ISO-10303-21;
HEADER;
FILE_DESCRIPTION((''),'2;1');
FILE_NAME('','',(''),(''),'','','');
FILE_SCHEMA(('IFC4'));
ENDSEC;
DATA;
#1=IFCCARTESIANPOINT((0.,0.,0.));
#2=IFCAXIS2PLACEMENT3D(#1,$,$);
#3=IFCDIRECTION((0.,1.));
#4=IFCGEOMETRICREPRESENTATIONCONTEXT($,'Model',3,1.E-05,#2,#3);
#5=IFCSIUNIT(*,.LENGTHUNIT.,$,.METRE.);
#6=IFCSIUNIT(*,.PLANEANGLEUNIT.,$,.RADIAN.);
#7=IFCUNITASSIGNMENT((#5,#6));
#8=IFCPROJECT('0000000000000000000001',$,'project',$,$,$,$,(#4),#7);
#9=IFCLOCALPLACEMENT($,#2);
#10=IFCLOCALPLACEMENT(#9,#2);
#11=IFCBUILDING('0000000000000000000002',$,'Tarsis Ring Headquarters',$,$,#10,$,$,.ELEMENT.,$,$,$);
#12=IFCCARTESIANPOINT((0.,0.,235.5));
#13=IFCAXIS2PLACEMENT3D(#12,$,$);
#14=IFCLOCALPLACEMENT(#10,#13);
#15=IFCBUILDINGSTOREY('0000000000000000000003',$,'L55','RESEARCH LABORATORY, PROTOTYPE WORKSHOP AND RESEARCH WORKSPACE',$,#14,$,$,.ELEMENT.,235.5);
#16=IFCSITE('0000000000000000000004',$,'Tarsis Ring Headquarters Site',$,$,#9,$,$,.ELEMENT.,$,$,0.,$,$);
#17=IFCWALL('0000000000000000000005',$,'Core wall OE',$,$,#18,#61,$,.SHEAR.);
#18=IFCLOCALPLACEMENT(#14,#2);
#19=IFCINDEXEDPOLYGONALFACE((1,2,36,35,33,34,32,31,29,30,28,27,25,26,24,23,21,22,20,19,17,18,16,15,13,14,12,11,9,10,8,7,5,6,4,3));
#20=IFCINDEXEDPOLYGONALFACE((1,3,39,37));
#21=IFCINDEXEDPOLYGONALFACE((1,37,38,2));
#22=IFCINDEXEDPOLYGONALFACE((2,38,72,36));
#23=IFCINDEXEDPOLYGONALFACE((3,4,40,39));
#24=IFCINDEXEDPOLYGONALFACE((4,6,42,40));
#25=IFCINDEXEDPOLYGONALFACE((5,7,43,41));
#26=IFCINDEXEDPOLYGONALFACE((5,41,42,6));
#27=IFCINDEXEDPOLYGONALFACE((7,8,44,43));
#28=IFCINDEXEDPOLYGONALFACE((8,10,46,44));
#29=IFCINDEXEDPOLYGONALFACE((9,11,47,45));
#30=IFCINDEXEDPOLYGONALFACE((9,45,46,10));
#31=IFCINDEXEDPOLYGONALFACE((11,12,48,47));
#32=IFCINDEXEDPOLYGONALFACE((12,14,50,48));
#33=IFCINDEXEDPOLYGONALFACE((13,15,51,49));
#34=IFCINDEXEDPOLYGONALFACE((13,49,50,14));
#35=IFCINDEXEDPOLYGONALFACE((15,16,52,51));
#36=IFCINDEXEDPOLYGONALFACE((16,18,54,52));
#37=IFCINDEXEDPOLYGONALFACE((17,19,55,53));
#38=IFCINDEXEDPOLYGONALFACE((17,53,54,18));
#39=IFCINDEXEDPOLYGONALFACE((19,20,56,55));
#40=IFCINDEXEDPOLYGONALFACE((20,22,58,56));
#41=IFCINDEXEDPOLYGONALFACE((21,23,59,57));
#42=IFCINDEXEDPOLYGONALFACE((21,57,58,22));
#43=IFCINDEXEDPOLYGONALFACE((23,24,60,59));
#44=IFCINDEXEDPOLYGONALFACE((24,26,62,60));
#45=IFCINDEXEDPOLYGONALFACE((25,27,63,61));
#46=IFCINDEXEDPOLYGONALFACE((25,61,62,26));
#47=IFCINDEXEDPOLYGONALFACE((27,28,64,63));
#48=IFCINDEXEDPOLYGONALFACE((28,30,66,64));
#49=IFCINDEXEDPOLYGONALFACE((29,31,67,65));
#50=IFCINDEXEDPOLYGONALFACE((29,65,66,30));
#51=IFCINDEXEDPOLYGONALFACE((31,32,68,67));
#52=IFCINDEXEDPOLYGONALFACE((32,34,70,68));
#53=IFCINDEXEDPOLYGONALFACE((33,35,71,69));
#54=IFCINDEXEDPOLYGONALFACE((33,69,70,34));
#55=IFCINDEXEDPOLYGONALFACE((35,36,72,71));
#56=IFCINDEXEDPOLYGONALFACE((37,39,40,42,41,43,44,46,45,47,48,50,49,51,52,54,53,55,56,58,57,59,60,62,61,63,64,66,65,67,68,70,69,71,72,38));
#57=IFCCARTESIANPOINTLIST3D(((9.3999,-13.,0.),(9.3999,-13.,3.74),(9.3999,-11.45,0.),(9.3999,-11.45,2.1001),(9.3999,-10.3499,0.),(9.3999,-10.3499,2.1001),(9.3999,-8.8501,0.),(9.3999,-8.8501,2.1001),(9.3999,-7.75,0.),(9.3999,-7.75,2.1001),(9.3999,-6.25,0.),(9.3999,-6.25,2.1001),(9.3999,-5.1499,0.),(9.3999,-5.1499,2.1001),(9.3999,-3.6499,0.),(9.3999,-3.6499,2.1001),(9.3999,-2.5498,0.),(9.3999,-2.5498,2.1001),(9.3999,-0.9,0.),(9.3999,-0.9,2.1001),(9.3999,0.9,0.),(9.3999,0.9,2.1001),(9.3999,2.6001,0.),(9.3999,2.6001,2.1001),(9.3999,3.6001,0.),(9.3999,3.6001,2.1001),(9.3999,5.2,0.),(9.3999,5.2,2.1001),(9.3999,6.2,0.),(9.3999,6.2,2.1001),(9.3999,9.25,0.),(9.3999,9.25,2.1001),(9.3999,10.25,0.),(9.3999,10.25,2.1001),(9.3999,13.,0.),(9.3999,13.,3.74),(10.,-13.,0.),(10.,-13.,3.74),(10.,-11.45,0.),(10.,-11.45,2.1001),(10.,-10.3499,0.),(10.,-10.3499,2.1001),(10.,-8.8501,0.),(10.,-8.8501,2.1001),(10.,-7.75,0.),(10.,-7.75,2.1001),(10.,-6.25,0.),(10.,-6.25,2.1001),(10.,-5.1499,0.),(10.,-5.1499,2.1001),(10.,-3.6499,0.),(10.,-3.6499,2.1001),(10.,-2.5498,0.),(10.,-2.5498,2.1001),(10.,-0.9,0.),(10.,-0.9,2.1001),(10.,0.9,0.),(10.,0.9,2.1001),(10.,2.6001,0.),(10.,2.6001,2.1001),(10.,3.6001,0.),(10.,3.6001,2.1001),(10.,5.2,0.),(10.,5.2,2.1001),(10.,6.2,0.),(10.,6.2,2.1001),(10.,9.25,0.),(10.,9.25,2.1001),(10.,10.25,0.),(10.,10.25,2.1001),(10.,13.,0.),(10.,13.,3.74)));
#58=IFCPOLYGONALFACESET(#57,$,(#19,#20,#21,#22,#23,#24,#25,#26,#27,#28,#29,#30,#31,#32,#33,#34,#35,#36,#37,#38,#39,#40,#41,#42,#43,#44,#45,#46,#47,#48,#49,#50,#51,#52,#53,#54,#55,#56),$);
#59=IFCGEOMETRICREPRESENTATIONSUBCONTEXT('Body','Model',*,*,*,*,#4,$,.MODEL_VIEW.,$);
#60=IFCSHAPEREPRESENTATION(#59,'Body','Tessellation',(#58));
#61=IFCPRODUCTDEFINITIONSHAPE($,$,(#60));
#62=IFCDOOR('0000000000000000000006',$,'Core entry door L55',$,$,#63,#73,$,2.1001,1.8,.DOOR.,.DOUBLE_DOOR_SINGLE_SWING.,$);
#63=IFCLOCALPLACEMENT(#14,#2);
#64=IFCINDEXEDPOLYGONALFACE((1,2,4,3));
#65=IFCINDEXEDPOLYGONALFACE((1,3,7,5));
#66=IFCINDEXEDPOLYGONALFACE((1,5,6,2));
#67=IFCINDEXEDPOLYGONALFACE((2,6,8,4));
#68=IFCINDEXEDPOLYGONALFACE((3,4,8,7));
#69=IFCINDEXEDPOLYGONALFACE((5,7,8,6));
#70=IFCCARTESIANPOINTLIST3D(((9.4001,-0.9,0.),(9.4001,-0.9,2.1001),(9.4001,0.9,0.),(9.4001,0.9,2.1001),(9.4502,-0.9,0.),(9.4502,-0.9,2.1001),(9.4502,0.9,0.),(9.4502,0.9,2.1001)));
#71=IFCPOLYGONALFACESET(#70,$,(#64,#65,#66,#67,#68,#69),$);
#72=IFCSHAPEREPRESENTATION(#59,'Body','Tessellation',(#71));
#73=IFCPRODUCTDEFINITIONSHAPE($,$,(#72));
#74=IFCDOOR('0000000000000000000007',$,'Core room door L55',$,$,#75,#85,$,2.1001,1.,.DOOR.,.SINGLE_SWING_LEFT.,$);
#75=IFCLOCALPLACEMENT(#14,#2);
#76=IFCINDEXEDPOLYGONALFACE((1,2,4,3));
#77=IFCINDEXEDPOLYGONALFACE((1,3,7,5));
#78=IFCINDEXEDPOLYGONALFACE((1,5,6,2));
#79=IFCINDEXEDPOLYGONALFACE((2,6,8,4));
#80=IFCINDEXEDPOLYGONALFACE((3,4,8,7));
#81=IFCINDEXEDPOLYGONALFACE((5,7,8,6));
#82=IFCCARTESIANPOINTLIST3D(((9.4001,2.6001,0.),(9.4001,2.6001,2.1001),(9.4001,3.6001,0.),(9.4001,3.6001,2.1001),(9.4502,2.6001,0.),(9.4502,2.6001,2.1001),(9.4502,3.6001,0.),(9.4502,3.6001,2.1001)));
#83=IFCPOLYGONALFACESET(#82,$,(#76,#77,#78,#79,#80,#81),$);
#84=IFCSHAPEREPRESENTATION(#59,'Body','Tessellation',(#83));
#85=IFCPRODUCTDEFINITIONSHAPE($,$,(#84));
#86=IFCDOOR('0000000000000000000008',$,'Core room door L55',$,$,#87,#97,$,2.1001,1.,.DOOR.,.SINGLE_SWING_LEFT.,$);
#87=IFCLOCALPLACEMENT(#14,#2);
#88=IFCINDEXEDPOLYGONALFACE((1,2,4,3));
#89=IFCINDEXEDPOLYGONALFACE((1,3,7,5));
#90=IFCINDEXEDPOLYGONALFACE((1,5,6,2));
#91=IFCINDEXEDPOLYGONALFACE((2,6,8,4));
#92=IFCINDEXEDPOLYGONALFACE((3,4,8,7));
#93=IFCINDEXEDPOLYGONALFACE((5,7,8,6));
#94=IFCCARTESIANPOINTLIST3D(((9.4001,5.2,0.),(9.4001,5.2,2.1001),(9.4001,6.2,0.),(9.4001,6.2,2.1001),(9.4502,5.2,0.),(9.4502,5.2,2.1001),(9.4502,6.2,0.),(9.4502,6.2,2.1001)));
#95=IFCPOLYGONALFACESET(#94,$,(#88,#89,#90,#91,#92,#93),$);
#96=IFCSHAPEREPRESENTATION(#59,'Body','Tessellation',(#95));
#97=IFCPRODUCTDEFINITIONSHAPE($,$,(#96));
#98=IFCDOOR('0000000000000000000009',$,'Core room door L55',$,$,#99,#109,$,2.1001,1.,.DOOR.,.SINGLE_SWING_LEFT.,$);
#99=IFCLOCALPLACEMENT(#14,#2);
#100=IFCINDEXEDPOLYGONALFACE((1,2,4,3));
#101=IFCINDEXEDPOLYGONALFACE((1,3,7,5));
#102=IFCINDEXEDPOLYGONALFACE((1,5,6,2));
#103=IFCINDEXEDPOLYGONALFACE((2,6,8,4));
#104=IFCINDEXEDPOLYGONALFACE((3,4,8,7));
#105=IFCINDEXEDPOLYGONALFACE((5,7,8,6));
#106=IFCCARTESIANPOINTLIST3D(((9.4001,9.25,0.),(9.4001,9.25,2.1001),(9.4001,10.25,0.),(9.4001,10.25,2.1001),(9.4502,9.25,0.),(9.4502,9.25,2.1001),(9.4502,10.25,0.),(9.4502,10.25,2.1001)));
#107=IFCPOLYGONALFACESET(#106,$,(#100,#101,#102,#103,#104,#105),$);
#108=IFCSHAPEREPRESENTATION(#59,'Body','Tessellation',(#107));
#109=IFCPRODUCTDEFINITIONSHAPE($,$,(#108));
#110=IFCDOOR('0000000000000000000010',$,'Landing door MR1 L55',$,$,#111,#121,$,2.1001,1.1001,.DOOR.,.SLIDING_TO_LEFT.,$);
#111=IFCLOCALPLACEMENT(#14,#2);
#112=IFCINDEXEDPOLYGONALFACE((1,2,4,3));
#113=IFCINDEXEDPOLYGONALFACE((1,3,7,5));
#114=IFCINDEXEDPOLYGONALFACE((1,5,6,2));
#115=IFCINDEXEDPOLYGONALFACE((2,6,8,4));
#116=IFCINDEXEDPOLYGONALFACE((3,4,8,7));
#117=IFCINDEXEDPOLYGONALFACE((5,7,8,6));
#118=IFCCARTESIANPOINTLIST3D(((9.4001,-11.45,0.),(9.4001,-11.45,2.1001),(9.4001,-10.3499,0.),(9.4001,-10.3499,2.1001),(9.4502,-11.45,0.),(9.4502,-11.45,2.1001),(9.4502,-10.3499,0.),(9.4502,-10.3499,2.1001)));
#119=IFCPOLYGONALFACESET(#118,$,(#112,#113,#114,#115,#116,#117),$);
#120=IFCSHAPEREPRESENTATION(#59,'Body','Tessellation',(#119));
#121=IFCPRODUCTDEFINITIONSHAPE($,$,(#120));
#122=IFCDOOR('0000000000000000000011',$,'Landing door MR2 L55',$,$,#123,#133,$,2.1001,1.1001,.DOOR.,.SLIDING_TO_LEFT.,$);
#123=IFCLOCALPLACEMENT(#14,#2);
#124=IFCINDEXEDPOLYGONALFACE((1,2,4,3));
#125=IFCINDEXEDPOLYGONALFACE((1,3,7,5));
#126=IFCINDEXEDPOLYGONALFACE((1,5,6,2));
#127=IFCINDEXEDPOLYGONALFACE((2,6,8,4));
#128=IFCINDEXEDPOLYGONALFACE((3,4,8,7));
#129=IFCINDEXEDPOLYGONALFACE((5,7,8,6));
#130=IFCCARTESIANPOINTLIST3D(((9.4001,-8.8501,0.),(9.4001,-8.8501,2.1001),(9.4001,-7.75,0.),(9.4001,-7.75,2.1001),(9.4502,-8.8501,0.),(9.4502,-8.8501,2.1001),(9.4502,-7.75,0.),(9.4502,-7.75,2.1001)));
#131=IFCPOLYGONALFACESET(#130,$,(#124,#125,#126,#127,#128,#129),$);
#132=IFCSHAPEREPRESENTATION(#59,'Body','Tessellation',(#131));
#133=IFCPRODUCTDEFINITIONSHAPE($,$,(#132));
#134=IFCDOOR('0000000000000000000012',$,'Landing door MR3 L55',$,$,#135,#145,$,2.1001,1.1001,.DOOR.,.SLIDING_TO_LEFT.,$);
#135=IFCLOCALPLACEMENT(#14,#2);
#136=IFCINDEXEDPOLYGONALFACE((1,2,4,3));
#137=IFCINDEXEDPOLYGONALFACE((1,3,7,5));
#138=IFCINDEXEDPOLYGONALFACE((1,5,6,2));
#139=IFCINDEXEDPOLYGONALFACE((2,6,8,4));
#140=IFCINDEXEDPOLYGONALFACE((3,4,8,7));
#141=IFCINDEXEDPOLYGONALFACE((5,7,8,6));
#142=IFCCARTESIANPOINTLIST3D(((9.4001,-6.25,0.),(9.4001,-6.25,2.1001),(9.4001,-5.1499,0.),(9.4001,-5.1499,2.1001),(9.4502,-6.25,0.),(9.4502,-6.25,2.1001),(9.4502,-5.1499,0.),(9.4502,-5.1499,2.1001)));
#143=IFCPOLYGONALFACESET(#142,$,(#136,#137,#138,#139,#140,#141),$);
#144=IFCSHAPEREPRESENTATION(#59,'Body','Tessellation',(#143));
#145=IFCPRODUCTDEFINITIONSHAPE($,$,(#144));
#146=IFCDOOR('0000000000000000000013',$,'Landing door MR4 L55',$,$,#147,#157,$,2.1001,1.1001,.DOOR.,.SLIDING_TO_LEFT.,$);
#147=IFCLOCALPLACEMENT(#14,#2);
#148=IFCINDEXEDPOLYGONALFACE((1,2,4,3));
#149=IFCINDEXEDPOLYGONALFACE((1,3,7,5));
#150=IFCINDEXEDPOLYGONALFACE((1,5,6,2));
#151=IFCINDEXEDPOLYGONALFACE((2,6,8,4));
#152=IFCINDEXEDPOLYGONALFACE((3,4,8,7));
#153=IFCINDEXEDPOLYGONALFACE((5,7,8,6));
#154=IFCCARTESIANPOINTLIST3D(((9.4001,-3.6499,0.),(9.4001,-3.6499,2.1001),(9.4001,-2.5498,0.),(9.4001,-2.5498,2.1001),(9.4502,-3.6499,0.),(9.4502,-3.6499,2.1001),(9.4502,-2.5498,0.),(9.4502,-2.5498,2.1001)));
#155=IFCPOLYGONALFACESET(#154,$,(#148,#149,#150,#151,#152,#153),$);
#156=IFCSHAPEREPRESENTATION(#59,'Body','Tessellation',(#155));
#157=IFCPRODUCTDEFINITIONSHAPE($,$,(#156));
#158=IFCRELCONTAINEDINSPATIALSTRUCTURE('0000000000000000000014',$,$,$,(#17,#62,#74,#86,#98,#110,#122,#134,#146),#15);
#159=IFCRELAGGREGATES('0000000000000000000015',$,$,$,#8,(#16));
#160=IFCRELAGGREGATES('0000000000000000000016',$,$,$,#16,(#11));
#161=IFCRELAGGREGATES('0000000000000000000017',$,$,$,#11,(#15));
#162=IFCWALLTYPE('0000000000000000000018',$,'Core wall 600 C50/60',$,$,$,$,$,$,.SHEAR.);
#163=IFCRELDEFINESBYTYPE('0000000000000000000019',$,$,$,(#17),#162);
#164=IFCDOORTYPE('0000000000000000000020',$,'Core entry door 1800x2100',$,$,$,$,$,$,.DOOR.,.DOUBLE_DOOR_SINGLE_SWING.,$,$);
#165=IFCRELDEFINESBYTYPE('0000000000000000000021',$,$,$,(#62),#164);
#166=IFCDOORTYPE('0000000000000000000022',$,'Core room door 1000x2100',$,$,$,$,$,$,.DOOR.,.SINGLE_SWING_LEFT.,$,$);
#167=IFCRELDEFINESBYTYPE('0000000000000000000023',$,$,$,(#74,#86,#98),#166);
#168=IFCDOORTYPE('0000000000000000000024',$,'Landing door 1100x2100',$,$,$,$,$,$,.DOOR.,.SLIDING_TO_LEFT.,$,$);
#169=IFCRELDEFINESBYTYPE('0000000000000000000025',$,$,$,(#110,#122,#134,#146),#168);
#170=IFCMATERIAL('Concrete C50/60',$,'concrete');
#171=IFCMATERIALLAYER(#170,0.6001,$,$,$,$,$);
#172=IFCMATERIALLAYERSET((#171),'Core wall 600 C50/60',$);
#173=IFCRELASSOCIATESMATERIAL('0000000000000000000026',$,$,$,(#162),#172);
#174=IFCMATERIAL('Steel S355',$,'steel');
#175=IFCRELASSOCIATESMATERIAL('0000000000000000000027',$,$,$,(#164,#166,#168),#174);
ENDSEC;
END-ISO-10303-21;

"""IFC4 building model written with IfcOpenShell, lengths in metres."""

from ifc_helpers import new_model, si_unit, direction, frame, frame_2d, origin, place, context, subcontext, project, spatial, rectangle, extrude, material, layer, layer_set, type_object, element, fill, save


model = new_model("IFC4")

# Units and contexts
model_context = context("Model", 3, precision=1e-05, world=origin(), true_north=direction((0.0, 1.0)))
body_context = subcontext(model_context, "Body", "Model", "MODEL_VIEW")
ifc_project = project(units=[si_unit("LENGTHUNIT", "METRE"), si_unit("PLANEANGLEUNIT", "RADIAN")], contexts=[model_context])

# Site, building, storey
site_placement = place(None, origin())
site = spatial("IfcSite", under=ifc_project, at=site_placement, Name="Tarsis Ring Headquarters Site", CompositionType="ELEMENT", RefElevation=0.0)
building_placement = place(site_placement, origin())
building = spatial("IfcBuilding", under=site, at=building_placement, Name="Tarsis Ring Headquarters", CompositionType="ELEMENT")
storey_placement = place(building_placement, frame((0.0, 0.0, 235.5)))
storey = spatial("IfcBuildingStorey", under=building, at=storey_placement, Name="L55", Description="RESEARCH LABORATORY, PROTOTYPE WORKSHOP AND RESEARCH WORKSPACE", CompositionType="ELEMENT", Elevation=235.5)

# Wall, openings, doors
ifc_material_1 = material(Name="Concrete C50/60", Category="concrete")
ifc_layer_1 = layer(ifc_material_1, 0.6001)
ifc_layer_set_1 = layer_set([ifc_layer_1], Name="Core wall 600 C50/60")
wall_type_1 = type_object("IfcWallType", Name="Core wall 600 C50/60", PredefinedType="SHEAR", material=ifc_layer_set_1)
wall_1_placement = place(storey_placement, frame((9.7, -13.0, 0.0), z_axis=(0.0, 0.0, 1.0), x_axis=(0.0, 1.0, 0.0)))
wall_1 = element("IfcWall", 1, at=wall_1_placement, inside=storey, type_object=wall_type_1, Name="Core wall OE", PredefinedType="SHEAR", context=body_context, shape_type="SweptSolid", body=[
    extrude(rectangle(XDim=26.0, YDim=0.6001, at=frame_2d((13.0, 0.0))), origin(), (0.0, 0.0, 1.0), 3.74),
])
opening_1_placement = place(wall_1_placement, frame((1.55, 0.0, 0.0)))
opening_1 = element("IfcOpeningElement", 2, at=opening_1_placement, cuts=wall_1, PredefinedType="OPENING", context=body_context, shape_type="SweptSolid", body=[
    extrude(rectangle(XDim=1.1001, YDim=2.1001, at=frame_2d((0.55, 1.05))), frame((0.0, 0.3101, 0.0), z_axis=(0.0, -1.0, 0.0), x_axis=(1.0, 0.0, 0.0)), (0.0, 0.0, 1.0), 0.6201),
])
opening_2_placement = place(wall_1_placement, frame((4.1499, 0.0, 0.0)))
opening_2 = element("IfcOpeningElement", 3, at=opening_2_placement, cuts=wall_1, PredefinedType="OPENING", context=body_context, shape_type="SweptSolid", body=[
    extrude(rectangle(XDim=1.1001, YDim=2.1001, at=frame_2d((0.55, 1.05))), frame((0.0, 0.3101, 0.0), z_axis=(0.0, -1.0, 0.0), x_axis=(1.0, 0.0, 0.0)), (0.0, 0.0, 1.0), 0.6201),
])
opening_3_placement = place(wall_1_placement, frame((6.75, 0.0, 0.0)))
opening_3 = element("IfcOpeningElement", 4, at=opening_3_placement, cuts=wall_1, PredefinedType="OPENING", context=body_context, shape_type="SweptSolid", body=[
    extrude(rectangle(XDim=1.1001, YDim=2.1001, at=frame_2d((0.55, 1.05))), frame((0.0, 0.3101, 0.0), z_axis=(0.0, -1.0, 0.0), x_axis=(1.0, 0.0, 0.0)), (0.0, 0.0, 1.0), 0.6201),
])
opening_4_placement = place(wall_1_placement, frame((9.3501, 0.0, 0.0)))
opening_4 = element("IfcOpeningElement", 5, at=opening_4_placement, cuts=wall_1, PredefinedType="OPENING", context=body_context, shape_type="SweptSolid", body=[
    extrude(rectangle(XDim=1.1001, YDim=2.1001, at=frame_2d((0.55, 1.05))), frame((0.0, 0.3101, 0.0), z_axis=(0.0, -1.0, 0.0), x_axis=(1.0, 0.0, 0.0)), (0.0, 0.0, 1.0), 0.6201),
])
opening_5_placement = place(wall_1_placement, frame((12.1001, 0.0, 0.0)))
opening_5 = element("IfcOpeningElement", 6, at=opening_5_placement, cuts=wall_1, PredefinedType="OPENING", context=body_context, shape_type="SweptSolid", body=[
    extrude(rectangle(XDim=1.8, YDim=2.1001, at=frame_2d((0.8999, 1.05))), frame((0.0, 0.3101, 0.0), z_axis=(0.0, -1.0, 0.0), x_axis=(1.0, 0.0, 0.0)), (0.0, 0.0, 1.0), 0.6201),
])
opening_6_placement = place(wall_1_placement, frame((15.6001, 0.0, 0.0)))
opening_6 = element("IfcOpeningElement", 7, at=opening_6_placement, cuts=wall_1, PredefinedType="OPENING", context=body_context, shape_type="SweptSolid", body=[
    extrude(rectangle(XDim=1.0, YDim=2.1001, at=frame_2d((0.5, 1.05))), frame((0.0, 0.3101, 0.0), z_axis=(0.0, -1.0, 0.0), x_axis=(1.0, 0.0, 0.0)), (0.0, 0.0, 1.0), 0.6201),
])
opening_7_placement = place(wall_1_placement, frame((18.2, 0.0, 0.0)))
opening_7 = element("IfcOpeningElement", 8, at=opening_7_placement, cuts=wall_1, PredefinedType="OPENING", context=body_context, shape_type="SweptSolid", body=[
    extrude(rectangle(XDim=1.0, YDim=2.1001, at=frame_2d((0.5, 1.05))), frame((0.0, 0.3101, 0.0), z_axis=(0.0, -1.0, 0.0), x_axis=(1.0, 0.0, 0.0)), (0.0, 0.0, 1.0), 0.6201),
])
opening_8_placement = place(wall_1_placement, frame((22.25, 0.0, 0.0)))
opening_8 = element("IfcOpeningElement", 9, at=opening_8_placement, cuts=wall_1, PredefinedType="OPENING", context=body_context, shape_type="SweptSolid", body=[
    extrude(rectangle(XDim=1.0, YDim=2.1001, at=frame_2d((0.5, 1.05))), frame((0.0, 0.3101, 0.0), z_axis=(0.0, -1.0, 0.0), x_axis=(1.0, 0.0, 0.0)), (0.0, 0.0, 1.0), 0.6201),
])
ifc_material_2 = material(Name="Steel S355", Category="steel")
door_type_1 = type_object("IfcDoorType", Name="Core entry door 1800x2100", OperationType="DOUBLE_DOOR_SINGLE_SWING", PredefinedType="DOOR", material=ifc_material_2)
door_1_placement = place(opening_5_placement, origin())
door_1 = element("IfcDoor", 10, at=door_1_placement, inside=storey, type_object=door_type_1, Name="Core entry door L55", OperationType="DOUBLE_DOOR_SINGLE_SWING", OverallHeight=2.1001, OverallWidth=1.8, PredefinedType="DOOR", context=body_context, shape_type="SweptSolid", body=[
    extrude(rectangle(XDim=1.8, YDim=2.1001, at=frame_2d((0.8999, 1.05))), frame((0.0, 0.2998, 0.0), z_axis=(0.0, -1.0, 0.0), x_axis=(1.0, 0.0, 0.0)), (0.0, 0.0, 1.0), 0.05),
])
fill(opening_5, door_1)
door_type_2 = type_object("IfcDoorType", Name="Core room door 1000x2100", OperationType="SINGLE_SWING_LEFT", PredefinedType="DOOR", material=ifc_material_2)
door_2_placement = place(opening_6_placement, origin())
door_2 = element("IfcDoor", 11, at=door_2_placement, inside=storey, type_object=door_type_2, Name="Core room door L55", OperationType="SINGLE_SWING_LEFT", OverallHeight=2.1001, OverallWidth=1.0, PredefinedType="DOOR", context=body_context, shape_type="SweptSolid", body=[
    extrude(rectangle(XDim=1.0, YDim=2.1001, at=frame_2d((0.5, 1.05))), frame((0.0, 0.2998, 0.0), z_axis=(0.0, -1.0, 0.0), x_axis=(1.0, 0.0, 0.0)), (0.0, 0.0, 1.0), 0.05),
])
fill(opening_6, door_2)
door_3_placement = place(opening_7_placement, origin())
door_3 = element("IfcDoor", 12, at=door_3_placement, inside=storey, type_object=door_type_2, Name="Core room door L55", OperationType="SINGLE_SWING_LEFT", OverallHeight=2.1001, OverallWidth=1.0, PredefinedType="DOOR", context=body_context, shape_type="SweptSolid", body=[
    extrude(rectangle(XDim=1.0, YDim=2.1001, at=frame_2d((0.5, 1.05))), frame((0.0, 0.2998, 0.0), z_axis=(0.0, -1.0, 0.0), x_axis=(1.0, 0.0, 0.0)), (0.0, 0.0, 1.0), 0.05),
])
fill(opening_7, door_3)
door_4_placement = place(opening_8_placement, origin())
door_4 = element("IfcDoor", 13, at=door_4_placement, inside=storey, type_object=door_type_2, Name="Core room door L55", OperationType="SINGLE_SWING_LEFT", OverallHeight=2.1001, OverallWidth=1.0, PredefinedType="DOOR", context=body_context, shape_type="SweptSolid", body=[
    extrude(rectangle(XDim=1.0, YDim=2.1001, at=frame_2d((0.5, 1.05))), frame((0.0, 0.2998, 0.0), z_axis=(0.0, -1.0, 0.0), x_axis=(1.0, 0.0, 0.0)), (0.0, 0.0, 1.0), 0.05),
])
fill(opening_8, door_4)
door_type_3 = type_object("IfcDoorType", Name="Landing door 1100x2100", OperationType="SLIDING_TO_LEFT", PredefinedType="DOOR", material=ifc_material_2)
door_5_placement = place(opening_1_placement, origin())
door_5 = element("IfcDoor", 14, at=door_5_placement, inside=storey, type_object=door_type_3, Name="Landing door MR1 L55", OperationType="SLIDING_TO_LEFT", OverallHeight=2.1001, OverallWidth=1.1001, PredefinedType="DOOR", context=body_context, shape_type="SweptSolid", body=[
    extrude(rectangle(XDim=1.1001, YDim=2.1001, at=frame_2d((0.55, 1.05))), frame((0.0, 0.2998, 0.0), z_axis=(0.0, -1.0, 0.0), x_axis=(1.0, 0.0, 0.0)), (0.0, 0.0, 1.0), 0.05),
])
fill(opening_1, door_5)
door_6_placement = place(opening_2_placement, origin())
door_6 = element("IfcDoor", 15, at=door_6_placement, inside=storey, type_object=door_type_3, Name="Landing door MR2 L55", OperationType="SLIDING_TO_LEFT", OverallHeight=2.1001, OverallWidth=1.1001, PredefinedType="DOOR", context=body_context, shape_type="SweptSolid", body=[
    extrude(rectangle(XDim=1.1001, YDim=2.1001, at=frame_2d((0.55, 1.05))), frame((0.0, 0.2998, 0.0), z_axis=(0.0, -1.0, 0.0), x_axis=(1.0, 0.0, 0.0)), (0.0, 0.0, 1.0), 0.05),
])
fill(opening_2, door_6)
door_7_placement = place(opening_3_placement, origin())
door_7 = element("IfcDoor", 16, at=door_7_placement, inside=storey, type_object=door_type_3, Name="Landing door MR3 L55", OperationType="SLIDING_TO_LEFT", OverallHeight=2.1001, OverallWidth=1.1001, PredefinedType="DOOR", context=body_context, shape_type="SweptSolid", body=[
    extrude(rectangle(XDim=1.1001, YDim=2.1001, at=frame_2d((0.55, 1.05))), frame((0.0, 0.2998, 0.0), z_axis=(0.0, -1.0, 0.0), x_axis=(1.0, 0.0, 0.0)), (0.0, 0.0, 1.0), 0.05),
])
fill(opening_3, door_7)
door_8_placement = place(opening_4_placement, origin())
door_8 = element("IfcDoor", 17, at=door_8_placement, inside=storey, type_object=door_type_3, Name="Landing door MR4 L55", OperationType="SLIDING_TO_LEFT", OverallHeight=2.1001, OverallWidth=1.1001, PredefinedType="DOOR", context=body_context, shape_type="SweptSolid", body=[
    extrude(rectangle(XDim=1.1001, YDim=2.1001, at=frame_2d((0.55, 1.05))), frame((0.0, 0.2998, 0.0), z_axis=(0.0, -1.0, 0.0), x_axis=(1.0, 0.0, 0.0)), (0.0, 0.0, 1.0), 0.05),
])
fill(opening_4, door_8)

save(model, "model.ifc")
